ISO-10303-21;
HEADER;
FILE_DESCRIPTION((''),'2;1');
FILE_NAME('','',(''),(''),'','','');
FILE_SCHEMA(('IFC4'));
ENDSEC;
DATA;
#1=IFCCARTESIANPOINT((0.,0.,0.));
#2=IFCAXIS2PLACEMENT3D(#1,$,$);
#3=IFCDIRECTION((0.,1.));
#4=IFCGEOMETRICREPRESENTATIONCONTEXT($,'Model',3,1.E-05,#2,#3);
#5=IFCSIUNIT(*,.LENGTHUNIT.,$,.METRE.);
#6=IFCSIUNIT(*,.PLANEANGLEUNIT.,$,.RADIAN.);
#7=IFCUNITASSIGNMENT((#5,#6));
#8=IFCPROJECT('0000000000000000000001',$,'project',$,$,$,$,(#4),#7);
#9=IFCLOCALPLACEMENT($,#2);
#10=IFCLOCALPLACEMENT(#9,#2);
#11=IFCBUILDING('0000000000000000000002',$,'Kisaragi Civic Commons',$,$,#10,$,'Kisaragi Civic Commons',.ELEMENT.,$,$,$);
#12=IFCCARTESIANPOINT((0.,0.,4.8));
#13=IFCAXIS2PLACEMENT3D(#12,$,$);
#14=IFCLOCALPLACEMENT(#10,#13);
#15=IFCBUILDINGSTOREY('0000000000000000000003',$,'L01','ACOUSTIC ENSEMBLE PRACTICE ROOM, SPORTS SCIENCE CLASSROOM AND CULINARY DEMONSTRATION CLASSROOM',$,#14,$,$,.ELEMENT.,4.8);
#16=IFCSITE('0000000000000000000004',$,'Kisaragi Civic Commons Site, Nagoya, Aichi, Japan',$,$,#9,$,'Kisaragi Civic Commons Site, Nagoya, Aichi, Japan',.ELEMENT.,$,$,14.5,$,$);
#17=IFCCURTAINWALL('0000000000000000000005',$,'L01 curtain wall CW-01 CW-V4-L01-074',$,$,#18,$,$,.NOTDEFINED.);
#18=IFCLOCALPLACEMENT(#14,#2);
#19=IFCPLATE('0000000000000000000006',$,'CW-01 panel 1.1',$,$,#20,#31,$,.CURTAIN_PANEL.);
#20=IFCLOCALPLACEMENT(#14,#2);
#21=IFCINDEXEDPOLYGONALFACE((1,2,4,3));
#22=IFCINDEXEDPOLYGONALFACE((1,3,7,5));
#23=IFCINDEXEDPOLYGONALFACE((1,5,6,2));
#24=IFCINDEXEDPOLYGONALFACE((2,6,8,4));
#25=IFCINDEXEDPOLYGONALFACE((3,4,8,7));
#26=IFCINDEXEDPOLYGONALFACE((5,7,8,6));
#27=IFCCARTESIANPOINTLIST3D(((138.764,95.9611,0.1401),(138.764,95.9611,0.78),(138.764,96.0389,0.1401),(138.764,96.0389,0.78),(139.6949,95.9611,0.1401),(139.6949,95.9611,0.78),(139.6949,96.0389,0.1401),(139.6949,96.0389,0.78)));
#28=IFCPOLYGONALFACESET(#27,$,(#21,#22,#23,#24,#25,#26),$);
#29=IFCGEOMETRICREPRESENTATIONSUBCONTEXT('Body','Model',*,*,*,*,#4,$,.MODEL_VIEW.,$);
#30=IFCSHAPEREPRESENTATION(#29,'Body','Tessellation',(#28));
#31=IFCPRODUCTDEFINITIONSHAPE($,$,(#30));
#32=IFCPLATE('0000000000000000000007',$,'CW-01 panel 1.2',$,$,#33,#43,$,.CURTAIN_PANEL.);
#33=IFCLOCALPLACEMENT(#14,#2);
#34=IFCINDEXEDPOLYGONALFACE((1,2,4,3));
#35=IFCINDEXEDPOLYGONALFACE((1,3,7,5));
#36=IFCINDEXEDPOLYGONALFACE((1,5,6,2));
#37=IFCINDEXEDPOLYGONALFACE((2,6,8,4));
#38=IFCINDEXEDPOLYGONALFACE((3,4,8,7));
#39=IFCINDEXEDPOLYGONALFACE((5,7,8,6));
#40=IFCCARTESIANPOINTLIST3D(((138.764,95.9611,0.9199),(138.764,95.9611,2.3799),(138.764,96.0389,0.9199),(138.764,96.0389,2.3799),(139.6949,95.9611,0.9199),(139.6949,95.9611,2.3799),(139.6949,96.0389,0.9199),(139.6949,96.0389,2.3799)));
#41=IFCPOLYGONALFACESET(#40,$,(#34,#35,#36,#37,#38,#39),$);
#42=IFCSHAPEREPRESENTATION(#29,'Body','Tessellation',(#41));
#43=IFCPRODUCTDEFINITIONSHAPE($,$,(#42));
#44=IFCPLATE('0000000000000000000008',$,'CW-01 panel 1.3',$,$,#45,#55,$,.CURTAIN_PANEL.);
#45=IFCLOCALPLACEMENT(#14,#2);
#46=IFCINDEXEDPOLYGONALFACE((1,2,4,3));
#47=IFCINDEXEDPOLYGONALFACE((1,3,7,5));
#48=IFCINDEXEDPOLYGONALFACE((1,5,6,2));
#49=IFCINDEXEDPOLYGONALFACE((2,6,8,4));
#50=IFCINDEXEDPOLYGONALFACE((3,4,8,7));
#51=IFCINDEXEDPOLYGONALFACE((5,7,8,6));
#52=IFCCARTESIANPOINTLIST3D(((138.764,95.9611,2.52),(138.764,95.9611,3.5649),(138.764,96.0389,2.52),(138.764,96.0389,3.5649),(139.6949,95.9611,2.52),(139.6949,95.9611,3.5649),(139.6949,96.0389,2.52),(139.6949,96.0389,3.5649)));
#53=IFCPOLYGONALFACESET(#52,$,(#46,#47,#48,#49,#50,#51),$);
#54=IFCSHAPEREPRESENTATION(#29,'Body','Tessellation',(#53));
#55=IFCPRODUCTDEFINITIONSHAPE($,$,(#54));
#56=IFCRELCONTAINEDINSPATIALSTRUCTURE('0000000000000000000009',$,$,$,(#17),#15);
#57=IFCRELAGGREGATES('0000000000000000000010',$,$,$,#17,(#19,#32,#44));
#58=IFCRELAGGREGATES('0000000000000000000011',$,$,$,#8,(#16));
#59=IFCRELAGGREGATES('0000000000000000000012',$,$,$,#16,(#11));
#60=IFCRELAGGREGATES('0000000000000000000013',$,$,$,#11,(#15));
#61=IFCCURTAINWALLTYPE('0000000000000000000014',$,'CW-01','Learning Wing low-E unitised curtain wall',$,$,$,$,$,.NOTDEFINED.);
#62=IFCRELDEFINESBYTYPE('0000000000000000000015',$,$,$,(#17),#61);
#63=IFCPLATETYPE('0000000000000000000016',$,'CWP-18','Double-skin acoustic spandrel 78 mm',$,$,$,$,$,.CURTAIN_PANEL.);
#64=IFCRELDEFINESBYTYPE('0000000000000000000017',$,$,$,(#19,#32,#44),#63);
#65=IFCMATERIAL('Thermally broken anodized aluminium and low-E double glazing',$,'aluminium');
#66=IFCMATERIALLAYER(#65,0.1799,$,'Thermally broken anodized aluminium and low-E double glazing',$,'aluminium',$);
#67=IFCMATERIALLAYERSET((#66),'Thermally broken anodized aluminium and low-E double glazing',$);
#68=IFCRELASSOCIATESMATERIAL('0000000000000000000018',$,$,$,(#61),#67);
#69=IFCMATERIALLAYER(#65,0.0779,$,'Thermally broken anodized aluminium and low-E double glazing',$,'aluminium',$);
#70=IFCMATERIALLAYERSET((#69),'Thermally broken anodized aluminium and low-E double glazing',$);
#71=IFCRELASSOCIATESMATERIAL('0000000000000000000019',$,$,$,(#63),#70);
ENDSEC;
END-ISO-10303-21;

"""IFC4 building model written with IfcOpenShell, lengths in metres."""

from ifc_helpers import new_model, si_unit, direction, frame, origin, origin_2d, place, context, subcontext, project, spatial, rectangle, extrude, material, layer, layer_set, type_object, element, aggregate, save


model = new_model("IFC4")

# Units and contexts
model_context = context("Model", 3, precision=1e-05, world=origin(), true_north=direction((0.0, 1.0)))
body_context = subcontext(model_context, "Body", "Model", "MODEL_VIEW")
ifc_project = project(units=[si_unit("LENGTHUNIT", "METRE"), si_unit("PLANEANGLEUNIT", "RADIAN")], contexts=[model_context])

# Site, building, storey
site_placement = place(None, origin())
site = spatial("IfcSite", under=ifc_project, at=site_placement, Name="Kisaragi Civic Commons Site, Nagoya, Aichi, Japan", LongName="Kisaragi Civic Commons Site, Nagoya, Aichi, Japan", CompositionType="ELEMENT", RefElevation=14.5)
building_placement = place(site_placement, origin())
building = spatial("IfcBuilding", under=site, at=building_placement, Name="Kisaragi Civic Commons", LongName="Kisaragi Civic Commons", CompositionType="ELEMENT")
storey_placement = place(building_placement, frame((0.0, 0.0, 4.8)))
storey = spatial("IfcBuildingStorey", under=building, at=storey_placement, Name="L01", Description="ACOUSTIC ENSEMBLE PRACTICE ROOM, SPORTS SCIENCE CLASSROOM AND CULINARY DEMONSTRATION CLASSROOM", CompositionType="ELEMENT", Elevation=4.8)

# Curtain wall
ifc_material = material(Name="Thermally broken anodized aluminium and low-E double glazing", Category="aluminium")
ifc_layer_1 = layer(ifc_material, 0.1799, Name="Thermally broken anodized aluminium and low-E double glazing", Category="aluminium")
ifc_layer_set_1 = layer_set([ifc_layer_1], Name="Thermally broken anodized aluminium and low-E double glazing")
curtain_wall_type = type_object("IfcCurtainWallType", Name="CW-01", Description="Learning Wing low-E unitised curtain wall", PredefinedType="NOTDEFINED", material=ifc_layer_set_1)
curtain_wall_1_placement = place(storey_placement, origin())
curtain_wall_1 = element("IfcCurtainWall", 1, at=curtain_wall_1_placement, inside=storey, type_object=curtain_wall_type, Name="L01 curtain wall CW-01 CW-V4-L01-074", PredefinedType="NOTDEFINED")

# Plates
ifc_layer_2 = layer(ifc_material, 0.0779, Name="Thermally broken anodized aluminium and low-E double glazing", Category="aluminium")
ifc_layer_set_2 = layer_set([ifc_layer_2], Name="Thermally broken anodized aluminium and low-E double glazing")
plate_type_1 = type_object("IfcPlateType", Name="CWP-18", Description="Double-skin acoustic spandrel 78 mm", PredefinedType="CURTAIN_PANEL", material=ifc_layer_set_2)
plate_1_placement = place(storey_placement, frame((139.2295, 96.0, 0.1401), z_axis=(0.0, 0.0, 1.0), x_axis=(-1.0, 0.0, 0.0)))
plate_1 = element("IfcPlate", 2, at=plate_1_placement, type_object=plate_type_1, Name="CW-01 panel 1.1", PredefinedType="CURTAIN_PANEL", context=body_context, shape_type="SweptSolid", body=[
    extrude(rectangle(XDim=0.9309, YDim=0.0779, at=origin_2d()), origin(), (0.0, 0.0, 1.0), 0.6399),
])
plate_2_placement = place(storey_placement, frame((139.2295, 96.0, 0.9199), z_axis=(0.0, 0.0, 1.0), x_axis=(-1.0, 0.0, 0.0)))
plate_2 = element("IfcPlate", 3, at=plate_2_placement, type_object=plate_type_1, Name="CW-01 panel 1.2", PredefinedType="CURTAIN_PANEL", context=body_context, shape_type="SweptSolid", body=[
    extrude(rectangle(XDim=0.9309, YDim=0.0779, at=origin_2d()), origin(), (0.0, 0.0, 1.0), 1.46),
])
plate_3_placement = place(storey_placement, frame((139.2295, 96.0, 2.52), z_axis=(0.0, 0.0, 1.0), x_axis=(-1.0, 0.0, 0.0)))
plate_3 = element("IfcPlate", 4, at=plate_3_placement, type_object=plate_type_1, Name="CW-01 panel 1.3", PredefinedType="CURTAIN_PANEL", context=body_context, shape_type="SweptSolid", body=[
    extrude(rectangle(XDim=0.9309, YDim=0.0779, at=origin_2d()), origin(), (0.0, 0.0, 1.0), 1.0449),
])
aggregate(curtain_wall_1, [plate_1, plate_2, plate_3])

save(model, "model.ifc")
